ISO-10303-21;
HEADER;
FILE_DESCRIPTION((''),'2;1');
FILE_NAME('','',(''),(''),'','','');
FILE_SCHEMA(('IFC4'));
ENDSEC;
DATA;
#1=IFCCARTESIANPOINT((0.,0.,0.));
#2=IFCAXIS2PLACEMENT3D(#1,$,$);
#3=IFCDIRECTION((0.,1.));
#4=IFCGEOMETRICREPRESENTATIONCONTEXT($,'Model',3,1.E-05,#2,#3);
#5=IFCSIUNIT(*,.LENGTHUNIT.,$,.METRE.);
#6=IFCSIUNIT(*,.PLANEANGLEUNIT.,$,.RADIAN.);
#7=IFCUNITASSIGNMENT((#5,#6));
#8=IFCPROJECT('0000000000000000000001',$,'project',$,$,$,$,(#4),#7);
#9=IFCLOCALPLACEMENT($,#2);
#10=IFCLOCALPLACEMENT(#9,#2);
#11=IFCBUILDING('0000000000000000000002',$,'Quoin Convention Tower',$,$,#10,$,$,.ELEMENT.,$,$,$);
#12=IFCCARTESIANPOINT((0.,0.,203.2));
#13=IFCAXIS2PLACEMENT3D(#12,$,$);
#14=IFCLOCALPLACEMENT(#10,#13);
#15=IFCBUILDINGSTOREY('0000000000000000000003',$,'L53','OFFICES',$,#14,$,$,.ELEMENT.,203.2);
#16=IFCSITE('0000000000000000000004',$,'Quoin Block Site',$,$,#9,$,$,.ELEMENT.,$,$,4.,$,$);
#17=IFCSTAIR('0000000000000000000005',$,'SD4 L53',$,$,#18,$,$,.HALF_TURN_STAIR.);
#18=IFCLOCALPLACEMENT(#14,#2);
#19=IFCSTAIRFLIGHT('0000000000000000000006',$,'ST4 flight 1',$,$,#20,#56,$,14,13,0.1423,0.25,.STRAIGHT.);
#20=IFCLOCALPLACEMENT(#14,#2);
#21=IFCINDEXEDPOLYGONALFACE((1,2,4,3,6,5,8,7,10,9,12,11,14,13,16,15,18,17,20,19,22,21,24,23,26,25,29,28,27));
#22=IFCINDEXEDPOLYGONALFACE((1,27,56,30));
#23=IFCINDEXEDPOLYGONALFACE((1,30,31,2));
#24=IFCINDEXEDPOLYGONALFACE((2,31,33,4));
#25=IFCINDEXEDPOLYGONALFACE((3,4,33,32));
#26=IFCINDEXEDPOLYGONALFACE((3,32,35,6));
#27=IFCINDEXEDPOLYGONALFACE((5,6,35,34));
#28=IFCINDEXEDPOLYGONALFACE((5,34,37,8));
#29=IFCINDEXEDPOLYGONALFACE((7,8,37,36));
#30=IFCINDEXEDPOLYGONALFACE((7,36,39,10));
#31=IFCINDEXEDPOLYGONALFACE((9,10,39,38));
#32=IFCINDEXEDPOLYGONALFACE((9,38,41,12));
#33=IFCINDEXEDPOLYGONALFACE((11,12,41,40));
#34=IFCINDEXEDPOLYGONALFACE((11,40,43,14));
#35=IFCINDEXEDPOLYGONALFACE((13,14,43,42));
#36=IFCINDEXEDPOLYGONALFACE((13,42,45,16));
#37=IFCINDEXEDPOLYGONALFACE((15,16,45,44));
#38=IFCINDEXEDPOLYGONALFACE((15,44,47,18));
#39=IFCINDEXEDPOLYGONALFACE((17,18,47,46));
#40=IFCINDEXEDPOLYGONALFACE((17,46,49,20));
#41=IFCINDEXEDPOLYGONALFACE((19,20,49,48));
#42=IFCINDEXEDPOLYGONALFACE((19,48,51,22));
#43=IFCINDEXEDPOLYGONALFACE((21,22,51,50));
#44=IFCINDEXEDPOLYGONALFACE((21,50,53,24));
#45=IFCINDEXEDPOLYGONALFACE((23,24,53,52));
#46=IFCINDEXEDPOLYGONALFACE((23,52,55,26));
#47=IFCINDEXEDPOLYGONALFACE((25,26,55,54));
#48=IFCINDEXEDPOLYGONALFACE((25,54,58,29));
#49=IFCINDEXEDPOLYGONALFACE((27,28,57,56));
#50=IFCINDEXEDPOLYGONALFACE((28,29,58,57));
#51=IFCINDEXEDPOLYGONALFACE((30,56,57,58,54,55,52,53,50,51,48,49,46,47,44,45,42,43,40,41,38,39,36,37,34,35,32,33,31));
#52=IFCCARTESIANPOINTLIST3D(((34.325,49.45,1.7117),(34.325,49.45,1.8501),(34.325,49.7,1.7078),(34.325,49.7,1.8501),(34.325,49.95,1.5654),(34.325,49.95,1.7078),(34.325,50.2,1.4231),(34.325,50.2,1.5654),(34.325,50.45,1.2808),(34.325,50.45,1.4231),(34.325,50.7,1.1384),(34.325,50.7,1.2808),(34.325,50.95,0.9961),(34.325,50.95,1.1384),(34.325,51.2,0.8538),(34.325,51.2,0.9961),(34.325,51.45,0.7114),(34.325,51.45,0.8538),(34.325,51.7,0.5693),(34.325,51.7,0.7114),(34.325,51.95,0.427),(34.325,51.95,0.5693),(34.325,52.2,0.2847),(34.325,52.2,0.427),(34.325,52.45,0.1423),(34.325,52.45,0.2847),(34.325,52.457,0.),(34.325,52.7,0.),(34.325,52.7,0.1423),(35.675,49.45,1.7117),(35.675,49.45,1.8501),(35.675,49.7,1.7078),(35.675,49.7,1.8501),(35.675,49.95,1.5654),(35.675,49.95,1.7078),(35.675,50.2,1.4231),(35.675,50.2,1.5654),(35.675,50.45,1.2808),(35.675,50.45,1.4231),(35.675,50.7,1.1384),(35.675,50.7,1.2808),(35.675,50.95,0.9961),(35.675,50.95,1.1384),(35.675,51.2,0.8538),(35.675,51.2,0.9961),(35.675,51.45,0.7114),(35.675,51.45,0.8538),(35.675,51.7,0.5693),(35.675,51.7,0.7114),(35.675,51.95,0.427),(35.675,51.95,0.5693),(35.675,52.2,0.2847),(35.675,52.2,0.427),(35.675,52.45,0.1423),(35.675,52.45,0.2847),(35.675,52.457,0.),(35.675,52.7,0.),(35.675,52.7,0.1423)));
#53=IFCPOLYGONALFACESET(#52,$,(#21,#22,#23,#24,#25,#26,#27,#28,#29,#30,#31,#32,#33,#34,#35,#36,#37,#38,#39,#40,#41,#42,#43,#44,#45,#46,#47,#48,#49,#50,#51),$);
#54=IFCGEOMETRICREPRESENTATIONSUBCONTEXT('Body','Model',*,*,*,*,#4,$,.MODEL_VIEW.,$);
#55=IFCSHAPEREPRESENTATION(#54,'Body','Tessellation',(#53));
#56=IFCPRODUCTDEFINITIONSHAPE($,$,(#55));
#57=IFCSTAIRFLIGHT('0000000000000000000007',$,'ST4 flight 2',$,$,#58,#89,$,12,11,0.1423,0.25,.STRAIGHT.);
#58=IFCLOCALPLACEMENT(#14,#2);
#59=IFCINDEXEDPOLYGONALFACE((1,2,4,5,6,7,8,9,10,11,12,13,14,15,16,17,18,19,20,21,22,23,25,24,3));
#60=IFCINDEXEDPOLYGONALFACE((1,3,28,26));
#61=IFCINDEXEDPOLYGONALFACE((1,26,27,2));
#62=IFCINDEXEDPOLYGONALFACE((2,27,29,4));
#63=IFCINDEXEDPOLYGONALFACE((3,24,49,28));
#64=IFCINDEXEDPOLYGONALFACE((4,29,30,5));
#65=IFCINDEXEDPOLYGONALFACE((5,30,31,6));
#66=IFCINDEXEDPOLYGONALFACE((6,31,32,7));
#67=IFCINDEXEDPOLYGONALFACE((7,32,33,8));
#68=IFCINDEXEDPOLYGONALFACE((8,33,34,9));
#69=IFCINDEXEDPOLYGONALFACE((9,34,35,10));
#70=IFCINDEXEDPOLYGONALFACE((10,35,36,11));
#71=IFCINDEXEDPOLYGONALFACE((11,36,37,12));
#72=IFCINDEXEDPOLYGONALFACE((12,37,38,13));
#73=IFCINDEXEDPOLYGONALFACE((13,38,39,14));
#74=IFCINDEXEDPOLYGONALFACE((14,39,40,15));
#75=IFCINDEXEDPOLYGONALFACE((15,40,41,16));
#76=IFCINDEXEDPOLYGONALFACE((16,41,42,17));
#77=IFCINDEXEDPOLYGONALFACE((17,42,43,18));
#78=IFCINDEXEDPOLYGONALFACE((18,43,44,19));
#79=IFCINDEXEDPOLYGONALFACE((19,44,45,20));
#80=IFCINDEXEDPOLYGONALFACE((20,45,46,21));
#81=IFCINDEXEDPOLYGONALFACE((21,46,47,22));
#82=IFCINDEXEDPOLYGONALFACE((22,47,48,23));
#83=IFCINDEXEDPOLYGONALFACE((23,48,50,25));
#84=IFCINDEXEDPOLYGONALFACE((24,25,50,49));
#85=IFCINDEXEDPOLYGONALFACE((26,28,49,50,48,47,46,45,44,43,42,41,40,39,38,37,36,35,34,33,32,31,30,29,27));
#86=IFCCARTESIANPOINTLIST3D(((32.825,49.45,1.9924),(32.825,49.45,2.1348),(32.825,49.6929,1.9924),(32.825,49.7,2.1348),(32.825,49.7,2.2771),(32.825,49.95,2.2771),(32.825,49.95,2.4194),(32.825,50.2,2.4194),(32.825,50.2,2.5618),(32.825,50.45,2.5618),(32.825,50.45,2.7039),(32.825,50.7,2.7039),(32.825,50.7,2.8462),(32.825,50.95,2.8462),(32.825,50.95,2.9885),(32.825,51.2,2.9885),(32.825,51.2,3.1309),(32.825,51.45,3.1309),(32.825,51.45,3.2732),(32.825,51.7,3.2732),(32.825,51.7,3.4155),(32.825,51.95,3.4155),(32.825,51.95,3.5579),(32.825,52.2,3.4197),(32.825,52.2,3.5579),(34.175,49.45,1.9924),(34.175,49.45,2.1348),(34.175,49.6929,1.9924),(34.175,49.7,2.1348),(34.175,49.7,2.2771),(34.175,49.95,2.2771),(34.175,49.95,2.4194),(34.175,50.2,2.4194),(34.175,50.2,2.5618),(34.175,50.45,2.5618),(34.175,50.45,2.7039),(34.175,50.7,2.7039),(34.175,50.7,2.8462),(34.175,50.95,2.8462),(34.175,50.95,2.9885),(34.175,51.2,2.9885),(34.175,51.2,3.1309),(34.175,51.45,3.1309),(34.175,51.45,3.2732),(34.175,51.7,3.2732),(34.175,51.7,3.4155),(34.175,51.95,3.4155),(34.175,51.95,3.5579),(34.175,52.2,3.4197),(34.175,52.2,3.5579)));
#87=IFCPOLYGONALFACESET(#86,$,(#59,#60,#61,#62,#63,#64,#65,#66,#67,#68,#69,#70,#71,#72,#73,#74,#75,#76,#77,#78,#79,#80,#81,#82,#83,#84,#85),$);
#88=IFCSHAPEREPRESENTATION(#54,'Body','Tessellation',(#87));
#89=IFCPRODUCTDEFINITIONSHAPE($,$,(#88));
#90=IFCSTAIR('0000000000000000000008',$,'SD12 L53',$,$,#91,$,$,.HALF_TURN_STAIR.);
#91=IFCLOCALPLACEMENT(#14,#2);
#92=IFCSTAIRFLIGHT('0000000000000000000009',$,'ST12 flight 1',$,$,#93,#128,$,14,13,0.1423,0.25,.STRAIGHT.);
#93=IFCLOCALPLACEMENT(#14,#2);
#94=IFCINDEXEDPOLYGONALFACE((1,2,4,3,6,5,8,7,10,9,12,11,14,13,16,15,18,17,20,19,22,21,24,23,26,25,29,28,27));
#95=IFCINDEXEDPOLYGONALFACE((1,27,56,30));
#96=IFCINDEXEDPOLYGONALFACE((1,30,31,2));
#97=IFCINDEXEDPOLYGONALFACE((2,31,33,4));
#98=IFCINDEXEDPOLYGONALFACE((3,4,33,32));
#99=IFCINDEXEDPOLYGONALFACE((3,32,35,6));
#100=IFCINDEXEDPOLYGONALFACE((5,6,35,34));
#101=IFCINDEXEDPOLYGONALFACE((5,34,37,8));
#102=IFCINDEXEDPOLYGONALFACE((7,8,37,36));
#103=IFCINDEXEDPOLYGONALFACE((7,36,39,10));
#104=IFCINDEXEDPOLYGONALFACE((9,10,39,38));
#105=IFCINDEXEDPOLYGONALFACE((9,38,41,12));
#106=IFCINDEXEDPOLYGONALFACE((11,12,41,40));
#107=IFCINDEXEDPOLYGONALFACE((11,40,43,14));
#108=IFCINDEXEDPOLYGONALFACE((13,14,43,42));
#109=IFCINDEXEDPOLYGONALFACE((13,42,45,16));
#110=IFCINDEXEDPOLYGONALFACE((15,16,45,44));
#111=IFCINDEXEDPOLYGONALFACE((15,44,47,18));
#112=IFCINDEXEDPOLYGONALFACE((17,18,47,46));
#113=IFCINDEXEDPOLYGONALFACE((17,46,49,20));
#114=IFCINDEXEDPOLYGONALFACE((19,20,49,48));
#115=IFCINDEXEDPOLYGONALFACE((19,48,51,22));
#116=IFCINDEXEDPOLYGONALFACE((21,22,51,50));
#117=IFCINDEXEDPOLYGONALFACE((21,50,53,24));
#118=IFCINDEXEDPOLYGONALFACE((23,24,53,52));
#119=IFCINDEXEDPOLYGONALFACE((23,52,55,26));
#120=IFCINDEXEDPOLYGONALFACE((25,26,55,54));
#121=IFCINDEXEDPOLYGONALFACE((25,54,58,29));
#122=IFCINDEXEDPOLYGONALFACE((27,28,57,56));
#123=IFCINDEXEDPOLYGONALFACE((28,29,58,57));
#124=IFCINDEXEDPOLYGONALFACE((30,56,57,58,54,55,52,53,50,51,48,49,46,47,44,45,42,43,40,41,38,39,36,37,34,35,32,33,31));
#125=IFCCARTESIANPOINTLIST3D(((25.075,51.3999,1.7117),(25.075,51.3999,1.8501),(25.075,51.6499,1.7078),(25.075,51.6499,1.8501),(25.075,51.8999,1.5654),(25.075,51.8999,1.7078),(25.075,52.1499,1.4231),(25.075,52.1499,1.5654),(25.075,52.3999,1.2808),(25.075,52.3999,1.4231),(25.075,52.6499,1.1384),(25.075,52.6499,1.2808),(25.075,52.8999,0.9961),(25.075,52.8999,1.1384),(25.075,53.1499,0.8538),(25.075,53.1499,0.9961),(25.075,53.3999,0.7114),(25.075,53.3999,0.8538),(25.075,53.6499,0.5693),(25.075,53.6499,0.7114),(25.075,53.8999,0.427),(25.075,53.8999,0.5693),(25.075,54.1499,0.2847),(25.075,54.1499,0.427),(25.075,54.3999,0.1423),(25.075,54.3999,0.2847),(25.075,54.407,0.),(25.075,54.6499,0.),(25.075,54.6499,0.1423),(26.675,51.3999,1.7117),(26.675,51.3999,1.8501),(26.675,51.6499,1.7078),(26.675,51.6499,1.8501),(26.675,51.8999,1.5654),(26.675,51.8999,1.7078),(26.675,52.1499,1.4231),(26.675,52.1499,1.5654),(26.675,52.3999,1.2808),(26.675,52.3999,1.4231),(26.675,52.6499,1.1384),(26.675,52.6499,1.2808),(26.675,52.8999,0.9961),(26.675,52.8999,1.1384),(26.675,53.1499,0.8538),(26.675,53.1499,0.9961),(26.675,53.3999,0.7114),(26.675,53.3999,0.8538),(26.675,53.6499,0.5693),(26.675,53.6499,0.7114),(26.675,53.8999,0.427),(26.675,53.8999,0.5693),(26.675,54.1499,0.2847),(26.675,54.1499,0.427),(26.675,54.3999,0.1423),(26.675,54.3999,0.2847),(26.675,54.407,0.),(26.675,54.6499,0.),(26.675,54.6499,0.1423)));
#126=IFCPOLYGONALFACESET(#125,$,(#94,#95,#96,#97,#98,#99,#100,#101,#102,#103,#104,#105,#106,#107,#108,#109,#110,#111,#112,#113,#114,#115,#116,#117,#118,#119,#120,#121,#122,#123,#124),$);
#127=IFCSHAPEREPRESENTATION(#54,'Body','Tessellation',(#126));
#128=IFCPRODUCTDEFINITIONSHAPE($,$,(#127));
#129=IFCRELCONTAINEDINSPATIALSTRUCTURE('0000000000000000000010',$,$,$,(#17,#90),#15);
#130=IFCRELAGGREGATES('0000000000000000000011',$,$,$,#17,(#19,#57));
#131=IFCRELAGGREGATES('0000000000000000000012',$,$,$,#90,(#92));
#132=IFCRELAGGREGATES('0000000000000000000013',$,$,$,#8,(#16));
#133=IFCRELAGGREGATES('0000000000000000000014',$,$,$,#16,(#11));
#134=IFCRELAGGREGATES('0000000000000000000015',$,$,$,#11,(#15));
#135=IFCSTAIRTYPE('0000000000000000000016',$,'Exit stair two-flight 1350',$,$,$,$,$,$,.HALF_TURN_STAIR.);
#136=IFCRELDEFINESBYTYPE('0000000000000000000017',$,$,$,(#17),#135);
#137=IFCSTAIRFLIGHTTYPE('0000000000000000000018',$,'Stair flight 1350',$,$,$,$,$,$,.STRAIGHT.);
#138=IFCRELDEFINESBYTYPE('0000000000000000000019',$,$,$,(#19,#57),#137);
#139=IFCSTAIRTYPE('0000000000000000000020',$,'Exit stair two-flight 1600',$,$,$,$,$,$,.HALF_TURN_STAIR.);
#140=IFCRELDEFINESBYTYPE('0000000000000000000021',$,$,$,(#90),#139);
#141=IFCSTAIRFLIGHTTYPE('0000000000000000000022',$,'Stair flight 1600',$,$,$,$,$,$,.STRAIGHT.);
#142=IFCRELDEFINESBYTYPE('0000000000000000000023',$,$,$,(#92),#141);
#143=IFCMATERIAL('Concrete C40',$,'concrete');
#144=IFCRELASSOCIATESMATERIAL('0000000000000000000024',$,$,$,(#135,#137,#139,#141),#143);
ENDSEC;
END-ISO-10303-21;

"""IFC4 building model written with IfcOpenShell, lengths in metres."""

from ifc_helpers import new_model, si_unit, direction, frame, origin, place, context, subcontext, project, spatial, polyline, outline, extrude, material, type_object, element, aggregate, save


model = new_model("IFC4")

# Units and contexts
model_context = context("Model", 3, precision=1e-05, world=origin(), true_north=direction((0.0, 1.0)))
body_context = subcontext(model_context, "Body", "Model", "MODEL_VIEW")
ifc_project = project(units=[si_unit("LENGTHUNIT", "METRE"), si_unit("PLANEANGLEUNIT", "RADIAN")], contexts=[model_context])

# Site, building, storey
site_placement = place(None, origin())
site = spatial("IfcSite", under=ifc_project, at=site_placement, Name="Quoin Block Site", CompositionType="ELEMENT", RefElevation=4.0)
building_placement = place(site_placement, origin())
building = spatial("IfcBuilding", under=site, at=building_placement, Name="Quoin Convention Tower", CompositionType="ELEMENT")
storey_placement = place(building_placement, frame((0.0, 0.0, 203.2)))
storey = spatial("IfcBuildingStorey", under=building, at=storey_placement, Name="L53", Description="OFFICES", CompositionType="ELEMENT", Elevation=203.2)

# Shared definitions
ifc_material_1 = material(Name="Concrete C40", Category="concrete")
stair_type_1 = type_object("IfcStairType", Name="Exit stair two-flight 1350", PredefinedType="HALF_TURN_STAIR", material=ifc_material_1)
stair_flight_type_1 = type_object("IfcStairFlightType", Name="Stair flight 1350", PredefinedType="STRAIGHT", material=ifc_material_1)

# Stair, stair flights
stair_1_placement = place(storey_placement, origin())
stair_1 = element("IfcStair", 1, at=stair_1_placement, inside=storey, type_object=stair_type_1, Name="SD4 L53", PredefinedType="HALF_TURN_STAIR")
stair_flight_1_placement = place(storey_placement, frame((35.0, 52.7, 0.0), z_axis=(0.0, 0.0, 1.0), x_axis=(0.0, -1.0, 0.0)))
stair_flight_1 = element("IfcStairFlight", 2, at=stair_flight_1_placement, type_object=stair_flight_type_1, Name="ST4 flight 1", NumberOfRisers=14, NumberOfTreads=13, PredefinedType="STRAIGHT", RiserHeight=0.1423, TreadLength=0.25, context=body_context, shape_type="SweptSolid", body=[
    extrude(outline(polyline([(0.0, 0.0), (0.0, 0.1423), (0.25, 0.1423), (0.25, 0.2847), (0.5, 0.2847), (0.5, 0.427), (0.75, 0.427), (0.75, 0.5693), (1.0, 0.5693), (1.0, 0.7114), (1.25, 0.7114), (1.25, 0.8538), (1.5, 0.8538), (1.5, 0.9961), (1.75, 0.9961), (1.75, 1.1384), (2.0, 1.1384), (2.0, 1.2808), (2.25, 1.2808), (2.25, 1.4231), (2.5, 1.4231), (2.5, 1.5654), (2.75, 1.5654), (2.75, 1.7078), (3.0, 1.7078), (3.0, 1.8501), (3.25, 1.8501), (3.25, 1.9922), (3.25, 1.7117), (0.2429, 0.0), (0.0, 0.0)])), frame((0.0, 0.675, 0.0), z_axis=(0.0, -1.0, 0.0), x_axis=(1.0, 0.0, 0.0)), (0.0, 0.0, 1.0), 1.3501),
])
stair_flight_2_placement = place(storey_placement, frame((33.5, 49.45, 1.9924), z_axis=(0.0, 0.0, 1.0), x_axis=(0.0, 1.0, 0.0)))
stair_flight_2 = element("IfcStairFlight", 3, at=stair_flight_2_placement, type_object=stair_flight_type_1, Name="ST4 flight 2", NumberOfRisers=12, NumberOfTreads=11, PredefinedType="STRAIGHT", RiserHeight=0.1423, TreadLength=0.25, context=body_context, shape_type="SweptSolid", body=[
    extrude(outline(polyline([(0.0, 0.0), (0.0, 0.1423), (0.25, 0.1423), (0.25, 0.2847), (0.5, 0.2847), (0.5, 0.427), (0.75, 0.427), (0.75, 0.5693), (1.0, 0.5693), (1.0, 0.7114), (1.25, 0.7114), (1.25, 0.8538), (1.5, 0.8538), (1.5, 0.9961), (1.75, 0.9961), (1.75, 1.1384), (2.0, 1.1384), (2.0, 1.2808), (2.25, 1.2808), (2.25, 1.4231), (2.5, 1.4231), (2.5, 1.5654), (2.75, 1.5654), (2.75, 1.7078), (2.75, 1.4272), (0.2429, 0.0), (0.0, 0.0)])), frame((0.0, 0.675, 0.0), z_axis=(0.0, -1.0, 0.0), x_axis=(1.0, 0.0, 0.0)), (0.0, 0.0, 1.0), 1.3501),
])
aggregate(stair_1, [stair_flight_1, stair_flight_2])

# Stair, stair flight
stair_type_2 = type_object("IfcStairType", Name="Exit stair two-flight 1600", PredefinedType="HALF_TURN_STAIR", material=ifc_material_1)
stair_2_placement = place(storey_placement, origin())
stair_2 = element("IfcStair", 4, at=stair_2_placement, inside=storey, type_object=stair_type_2, Name="SD12 L53", PredefinedType="HALF_TURN_STAIR")
stair_flight_type_2 = type_object("IfcStairFlightType", Name="Stair flight 1600", PredefinedType="STRAIGHT", material=ifc_material_1)
stair_flight_3_placement = place(storey_placement, frame((25.875, 54.6499, 0.0), z_axis=(0.0, 0.0, 1.0), x_axis=(0.0, -1.0, 0.0)))
stair_flight_3 = element("IfcStairFlight", 5, at=stair_flight_3_placement, type_object=stair_flight_type_2, Name="ST12 flight 1", NumberOfRisers=14, NumberOfTreads=13, PredefinedType="STRAIGHT", RiserHeight=0.1423, TreadLength=0.25, context=body_context, shape_type="SweptSolid", body=[
    extrude(outline(polyline([(0.0, 0.0), (0.0, 0.1423), (0.25, 0.1423), (0.25, 0.2847), (0.5, 0.2847), (0.5, 0.427), (0.75, 0.427), (0.75, 0.5693), (1.0, 0.5693), (1.0, 0.7114), (1.25, 0.7114), (1.25, 0.8538), (1.5, 0.8538), (1.5, 0.9961), (1.75, 0.9961), (1.75, 1.1384), (2.0, 1.1384), (2.0, 1.2808), (2.25, 1.2808), (2.25, 1.4231), (2.5, 1.4231), (2.5, 1.5654), (2.75, 1.5654), (2.75, 1.7078), (3.0, 1.7078), (3.0, 1.8501), (3.25, 1.8501), (3.25, 1.9922), (3.25, 1.7117), (0.2429, 0.0), (0.0, 0.0)])), frame((0.0, 0.8, 0.0), z_axis=(0.0, -1.0, 0.0), x_axis=(1.0, 0.0, 0.0)), (0.0, 0.0, 1.0), 1.6001),
])
aggregate(stair_2, [stair_flight_3])

save(model, "model.ifc")
